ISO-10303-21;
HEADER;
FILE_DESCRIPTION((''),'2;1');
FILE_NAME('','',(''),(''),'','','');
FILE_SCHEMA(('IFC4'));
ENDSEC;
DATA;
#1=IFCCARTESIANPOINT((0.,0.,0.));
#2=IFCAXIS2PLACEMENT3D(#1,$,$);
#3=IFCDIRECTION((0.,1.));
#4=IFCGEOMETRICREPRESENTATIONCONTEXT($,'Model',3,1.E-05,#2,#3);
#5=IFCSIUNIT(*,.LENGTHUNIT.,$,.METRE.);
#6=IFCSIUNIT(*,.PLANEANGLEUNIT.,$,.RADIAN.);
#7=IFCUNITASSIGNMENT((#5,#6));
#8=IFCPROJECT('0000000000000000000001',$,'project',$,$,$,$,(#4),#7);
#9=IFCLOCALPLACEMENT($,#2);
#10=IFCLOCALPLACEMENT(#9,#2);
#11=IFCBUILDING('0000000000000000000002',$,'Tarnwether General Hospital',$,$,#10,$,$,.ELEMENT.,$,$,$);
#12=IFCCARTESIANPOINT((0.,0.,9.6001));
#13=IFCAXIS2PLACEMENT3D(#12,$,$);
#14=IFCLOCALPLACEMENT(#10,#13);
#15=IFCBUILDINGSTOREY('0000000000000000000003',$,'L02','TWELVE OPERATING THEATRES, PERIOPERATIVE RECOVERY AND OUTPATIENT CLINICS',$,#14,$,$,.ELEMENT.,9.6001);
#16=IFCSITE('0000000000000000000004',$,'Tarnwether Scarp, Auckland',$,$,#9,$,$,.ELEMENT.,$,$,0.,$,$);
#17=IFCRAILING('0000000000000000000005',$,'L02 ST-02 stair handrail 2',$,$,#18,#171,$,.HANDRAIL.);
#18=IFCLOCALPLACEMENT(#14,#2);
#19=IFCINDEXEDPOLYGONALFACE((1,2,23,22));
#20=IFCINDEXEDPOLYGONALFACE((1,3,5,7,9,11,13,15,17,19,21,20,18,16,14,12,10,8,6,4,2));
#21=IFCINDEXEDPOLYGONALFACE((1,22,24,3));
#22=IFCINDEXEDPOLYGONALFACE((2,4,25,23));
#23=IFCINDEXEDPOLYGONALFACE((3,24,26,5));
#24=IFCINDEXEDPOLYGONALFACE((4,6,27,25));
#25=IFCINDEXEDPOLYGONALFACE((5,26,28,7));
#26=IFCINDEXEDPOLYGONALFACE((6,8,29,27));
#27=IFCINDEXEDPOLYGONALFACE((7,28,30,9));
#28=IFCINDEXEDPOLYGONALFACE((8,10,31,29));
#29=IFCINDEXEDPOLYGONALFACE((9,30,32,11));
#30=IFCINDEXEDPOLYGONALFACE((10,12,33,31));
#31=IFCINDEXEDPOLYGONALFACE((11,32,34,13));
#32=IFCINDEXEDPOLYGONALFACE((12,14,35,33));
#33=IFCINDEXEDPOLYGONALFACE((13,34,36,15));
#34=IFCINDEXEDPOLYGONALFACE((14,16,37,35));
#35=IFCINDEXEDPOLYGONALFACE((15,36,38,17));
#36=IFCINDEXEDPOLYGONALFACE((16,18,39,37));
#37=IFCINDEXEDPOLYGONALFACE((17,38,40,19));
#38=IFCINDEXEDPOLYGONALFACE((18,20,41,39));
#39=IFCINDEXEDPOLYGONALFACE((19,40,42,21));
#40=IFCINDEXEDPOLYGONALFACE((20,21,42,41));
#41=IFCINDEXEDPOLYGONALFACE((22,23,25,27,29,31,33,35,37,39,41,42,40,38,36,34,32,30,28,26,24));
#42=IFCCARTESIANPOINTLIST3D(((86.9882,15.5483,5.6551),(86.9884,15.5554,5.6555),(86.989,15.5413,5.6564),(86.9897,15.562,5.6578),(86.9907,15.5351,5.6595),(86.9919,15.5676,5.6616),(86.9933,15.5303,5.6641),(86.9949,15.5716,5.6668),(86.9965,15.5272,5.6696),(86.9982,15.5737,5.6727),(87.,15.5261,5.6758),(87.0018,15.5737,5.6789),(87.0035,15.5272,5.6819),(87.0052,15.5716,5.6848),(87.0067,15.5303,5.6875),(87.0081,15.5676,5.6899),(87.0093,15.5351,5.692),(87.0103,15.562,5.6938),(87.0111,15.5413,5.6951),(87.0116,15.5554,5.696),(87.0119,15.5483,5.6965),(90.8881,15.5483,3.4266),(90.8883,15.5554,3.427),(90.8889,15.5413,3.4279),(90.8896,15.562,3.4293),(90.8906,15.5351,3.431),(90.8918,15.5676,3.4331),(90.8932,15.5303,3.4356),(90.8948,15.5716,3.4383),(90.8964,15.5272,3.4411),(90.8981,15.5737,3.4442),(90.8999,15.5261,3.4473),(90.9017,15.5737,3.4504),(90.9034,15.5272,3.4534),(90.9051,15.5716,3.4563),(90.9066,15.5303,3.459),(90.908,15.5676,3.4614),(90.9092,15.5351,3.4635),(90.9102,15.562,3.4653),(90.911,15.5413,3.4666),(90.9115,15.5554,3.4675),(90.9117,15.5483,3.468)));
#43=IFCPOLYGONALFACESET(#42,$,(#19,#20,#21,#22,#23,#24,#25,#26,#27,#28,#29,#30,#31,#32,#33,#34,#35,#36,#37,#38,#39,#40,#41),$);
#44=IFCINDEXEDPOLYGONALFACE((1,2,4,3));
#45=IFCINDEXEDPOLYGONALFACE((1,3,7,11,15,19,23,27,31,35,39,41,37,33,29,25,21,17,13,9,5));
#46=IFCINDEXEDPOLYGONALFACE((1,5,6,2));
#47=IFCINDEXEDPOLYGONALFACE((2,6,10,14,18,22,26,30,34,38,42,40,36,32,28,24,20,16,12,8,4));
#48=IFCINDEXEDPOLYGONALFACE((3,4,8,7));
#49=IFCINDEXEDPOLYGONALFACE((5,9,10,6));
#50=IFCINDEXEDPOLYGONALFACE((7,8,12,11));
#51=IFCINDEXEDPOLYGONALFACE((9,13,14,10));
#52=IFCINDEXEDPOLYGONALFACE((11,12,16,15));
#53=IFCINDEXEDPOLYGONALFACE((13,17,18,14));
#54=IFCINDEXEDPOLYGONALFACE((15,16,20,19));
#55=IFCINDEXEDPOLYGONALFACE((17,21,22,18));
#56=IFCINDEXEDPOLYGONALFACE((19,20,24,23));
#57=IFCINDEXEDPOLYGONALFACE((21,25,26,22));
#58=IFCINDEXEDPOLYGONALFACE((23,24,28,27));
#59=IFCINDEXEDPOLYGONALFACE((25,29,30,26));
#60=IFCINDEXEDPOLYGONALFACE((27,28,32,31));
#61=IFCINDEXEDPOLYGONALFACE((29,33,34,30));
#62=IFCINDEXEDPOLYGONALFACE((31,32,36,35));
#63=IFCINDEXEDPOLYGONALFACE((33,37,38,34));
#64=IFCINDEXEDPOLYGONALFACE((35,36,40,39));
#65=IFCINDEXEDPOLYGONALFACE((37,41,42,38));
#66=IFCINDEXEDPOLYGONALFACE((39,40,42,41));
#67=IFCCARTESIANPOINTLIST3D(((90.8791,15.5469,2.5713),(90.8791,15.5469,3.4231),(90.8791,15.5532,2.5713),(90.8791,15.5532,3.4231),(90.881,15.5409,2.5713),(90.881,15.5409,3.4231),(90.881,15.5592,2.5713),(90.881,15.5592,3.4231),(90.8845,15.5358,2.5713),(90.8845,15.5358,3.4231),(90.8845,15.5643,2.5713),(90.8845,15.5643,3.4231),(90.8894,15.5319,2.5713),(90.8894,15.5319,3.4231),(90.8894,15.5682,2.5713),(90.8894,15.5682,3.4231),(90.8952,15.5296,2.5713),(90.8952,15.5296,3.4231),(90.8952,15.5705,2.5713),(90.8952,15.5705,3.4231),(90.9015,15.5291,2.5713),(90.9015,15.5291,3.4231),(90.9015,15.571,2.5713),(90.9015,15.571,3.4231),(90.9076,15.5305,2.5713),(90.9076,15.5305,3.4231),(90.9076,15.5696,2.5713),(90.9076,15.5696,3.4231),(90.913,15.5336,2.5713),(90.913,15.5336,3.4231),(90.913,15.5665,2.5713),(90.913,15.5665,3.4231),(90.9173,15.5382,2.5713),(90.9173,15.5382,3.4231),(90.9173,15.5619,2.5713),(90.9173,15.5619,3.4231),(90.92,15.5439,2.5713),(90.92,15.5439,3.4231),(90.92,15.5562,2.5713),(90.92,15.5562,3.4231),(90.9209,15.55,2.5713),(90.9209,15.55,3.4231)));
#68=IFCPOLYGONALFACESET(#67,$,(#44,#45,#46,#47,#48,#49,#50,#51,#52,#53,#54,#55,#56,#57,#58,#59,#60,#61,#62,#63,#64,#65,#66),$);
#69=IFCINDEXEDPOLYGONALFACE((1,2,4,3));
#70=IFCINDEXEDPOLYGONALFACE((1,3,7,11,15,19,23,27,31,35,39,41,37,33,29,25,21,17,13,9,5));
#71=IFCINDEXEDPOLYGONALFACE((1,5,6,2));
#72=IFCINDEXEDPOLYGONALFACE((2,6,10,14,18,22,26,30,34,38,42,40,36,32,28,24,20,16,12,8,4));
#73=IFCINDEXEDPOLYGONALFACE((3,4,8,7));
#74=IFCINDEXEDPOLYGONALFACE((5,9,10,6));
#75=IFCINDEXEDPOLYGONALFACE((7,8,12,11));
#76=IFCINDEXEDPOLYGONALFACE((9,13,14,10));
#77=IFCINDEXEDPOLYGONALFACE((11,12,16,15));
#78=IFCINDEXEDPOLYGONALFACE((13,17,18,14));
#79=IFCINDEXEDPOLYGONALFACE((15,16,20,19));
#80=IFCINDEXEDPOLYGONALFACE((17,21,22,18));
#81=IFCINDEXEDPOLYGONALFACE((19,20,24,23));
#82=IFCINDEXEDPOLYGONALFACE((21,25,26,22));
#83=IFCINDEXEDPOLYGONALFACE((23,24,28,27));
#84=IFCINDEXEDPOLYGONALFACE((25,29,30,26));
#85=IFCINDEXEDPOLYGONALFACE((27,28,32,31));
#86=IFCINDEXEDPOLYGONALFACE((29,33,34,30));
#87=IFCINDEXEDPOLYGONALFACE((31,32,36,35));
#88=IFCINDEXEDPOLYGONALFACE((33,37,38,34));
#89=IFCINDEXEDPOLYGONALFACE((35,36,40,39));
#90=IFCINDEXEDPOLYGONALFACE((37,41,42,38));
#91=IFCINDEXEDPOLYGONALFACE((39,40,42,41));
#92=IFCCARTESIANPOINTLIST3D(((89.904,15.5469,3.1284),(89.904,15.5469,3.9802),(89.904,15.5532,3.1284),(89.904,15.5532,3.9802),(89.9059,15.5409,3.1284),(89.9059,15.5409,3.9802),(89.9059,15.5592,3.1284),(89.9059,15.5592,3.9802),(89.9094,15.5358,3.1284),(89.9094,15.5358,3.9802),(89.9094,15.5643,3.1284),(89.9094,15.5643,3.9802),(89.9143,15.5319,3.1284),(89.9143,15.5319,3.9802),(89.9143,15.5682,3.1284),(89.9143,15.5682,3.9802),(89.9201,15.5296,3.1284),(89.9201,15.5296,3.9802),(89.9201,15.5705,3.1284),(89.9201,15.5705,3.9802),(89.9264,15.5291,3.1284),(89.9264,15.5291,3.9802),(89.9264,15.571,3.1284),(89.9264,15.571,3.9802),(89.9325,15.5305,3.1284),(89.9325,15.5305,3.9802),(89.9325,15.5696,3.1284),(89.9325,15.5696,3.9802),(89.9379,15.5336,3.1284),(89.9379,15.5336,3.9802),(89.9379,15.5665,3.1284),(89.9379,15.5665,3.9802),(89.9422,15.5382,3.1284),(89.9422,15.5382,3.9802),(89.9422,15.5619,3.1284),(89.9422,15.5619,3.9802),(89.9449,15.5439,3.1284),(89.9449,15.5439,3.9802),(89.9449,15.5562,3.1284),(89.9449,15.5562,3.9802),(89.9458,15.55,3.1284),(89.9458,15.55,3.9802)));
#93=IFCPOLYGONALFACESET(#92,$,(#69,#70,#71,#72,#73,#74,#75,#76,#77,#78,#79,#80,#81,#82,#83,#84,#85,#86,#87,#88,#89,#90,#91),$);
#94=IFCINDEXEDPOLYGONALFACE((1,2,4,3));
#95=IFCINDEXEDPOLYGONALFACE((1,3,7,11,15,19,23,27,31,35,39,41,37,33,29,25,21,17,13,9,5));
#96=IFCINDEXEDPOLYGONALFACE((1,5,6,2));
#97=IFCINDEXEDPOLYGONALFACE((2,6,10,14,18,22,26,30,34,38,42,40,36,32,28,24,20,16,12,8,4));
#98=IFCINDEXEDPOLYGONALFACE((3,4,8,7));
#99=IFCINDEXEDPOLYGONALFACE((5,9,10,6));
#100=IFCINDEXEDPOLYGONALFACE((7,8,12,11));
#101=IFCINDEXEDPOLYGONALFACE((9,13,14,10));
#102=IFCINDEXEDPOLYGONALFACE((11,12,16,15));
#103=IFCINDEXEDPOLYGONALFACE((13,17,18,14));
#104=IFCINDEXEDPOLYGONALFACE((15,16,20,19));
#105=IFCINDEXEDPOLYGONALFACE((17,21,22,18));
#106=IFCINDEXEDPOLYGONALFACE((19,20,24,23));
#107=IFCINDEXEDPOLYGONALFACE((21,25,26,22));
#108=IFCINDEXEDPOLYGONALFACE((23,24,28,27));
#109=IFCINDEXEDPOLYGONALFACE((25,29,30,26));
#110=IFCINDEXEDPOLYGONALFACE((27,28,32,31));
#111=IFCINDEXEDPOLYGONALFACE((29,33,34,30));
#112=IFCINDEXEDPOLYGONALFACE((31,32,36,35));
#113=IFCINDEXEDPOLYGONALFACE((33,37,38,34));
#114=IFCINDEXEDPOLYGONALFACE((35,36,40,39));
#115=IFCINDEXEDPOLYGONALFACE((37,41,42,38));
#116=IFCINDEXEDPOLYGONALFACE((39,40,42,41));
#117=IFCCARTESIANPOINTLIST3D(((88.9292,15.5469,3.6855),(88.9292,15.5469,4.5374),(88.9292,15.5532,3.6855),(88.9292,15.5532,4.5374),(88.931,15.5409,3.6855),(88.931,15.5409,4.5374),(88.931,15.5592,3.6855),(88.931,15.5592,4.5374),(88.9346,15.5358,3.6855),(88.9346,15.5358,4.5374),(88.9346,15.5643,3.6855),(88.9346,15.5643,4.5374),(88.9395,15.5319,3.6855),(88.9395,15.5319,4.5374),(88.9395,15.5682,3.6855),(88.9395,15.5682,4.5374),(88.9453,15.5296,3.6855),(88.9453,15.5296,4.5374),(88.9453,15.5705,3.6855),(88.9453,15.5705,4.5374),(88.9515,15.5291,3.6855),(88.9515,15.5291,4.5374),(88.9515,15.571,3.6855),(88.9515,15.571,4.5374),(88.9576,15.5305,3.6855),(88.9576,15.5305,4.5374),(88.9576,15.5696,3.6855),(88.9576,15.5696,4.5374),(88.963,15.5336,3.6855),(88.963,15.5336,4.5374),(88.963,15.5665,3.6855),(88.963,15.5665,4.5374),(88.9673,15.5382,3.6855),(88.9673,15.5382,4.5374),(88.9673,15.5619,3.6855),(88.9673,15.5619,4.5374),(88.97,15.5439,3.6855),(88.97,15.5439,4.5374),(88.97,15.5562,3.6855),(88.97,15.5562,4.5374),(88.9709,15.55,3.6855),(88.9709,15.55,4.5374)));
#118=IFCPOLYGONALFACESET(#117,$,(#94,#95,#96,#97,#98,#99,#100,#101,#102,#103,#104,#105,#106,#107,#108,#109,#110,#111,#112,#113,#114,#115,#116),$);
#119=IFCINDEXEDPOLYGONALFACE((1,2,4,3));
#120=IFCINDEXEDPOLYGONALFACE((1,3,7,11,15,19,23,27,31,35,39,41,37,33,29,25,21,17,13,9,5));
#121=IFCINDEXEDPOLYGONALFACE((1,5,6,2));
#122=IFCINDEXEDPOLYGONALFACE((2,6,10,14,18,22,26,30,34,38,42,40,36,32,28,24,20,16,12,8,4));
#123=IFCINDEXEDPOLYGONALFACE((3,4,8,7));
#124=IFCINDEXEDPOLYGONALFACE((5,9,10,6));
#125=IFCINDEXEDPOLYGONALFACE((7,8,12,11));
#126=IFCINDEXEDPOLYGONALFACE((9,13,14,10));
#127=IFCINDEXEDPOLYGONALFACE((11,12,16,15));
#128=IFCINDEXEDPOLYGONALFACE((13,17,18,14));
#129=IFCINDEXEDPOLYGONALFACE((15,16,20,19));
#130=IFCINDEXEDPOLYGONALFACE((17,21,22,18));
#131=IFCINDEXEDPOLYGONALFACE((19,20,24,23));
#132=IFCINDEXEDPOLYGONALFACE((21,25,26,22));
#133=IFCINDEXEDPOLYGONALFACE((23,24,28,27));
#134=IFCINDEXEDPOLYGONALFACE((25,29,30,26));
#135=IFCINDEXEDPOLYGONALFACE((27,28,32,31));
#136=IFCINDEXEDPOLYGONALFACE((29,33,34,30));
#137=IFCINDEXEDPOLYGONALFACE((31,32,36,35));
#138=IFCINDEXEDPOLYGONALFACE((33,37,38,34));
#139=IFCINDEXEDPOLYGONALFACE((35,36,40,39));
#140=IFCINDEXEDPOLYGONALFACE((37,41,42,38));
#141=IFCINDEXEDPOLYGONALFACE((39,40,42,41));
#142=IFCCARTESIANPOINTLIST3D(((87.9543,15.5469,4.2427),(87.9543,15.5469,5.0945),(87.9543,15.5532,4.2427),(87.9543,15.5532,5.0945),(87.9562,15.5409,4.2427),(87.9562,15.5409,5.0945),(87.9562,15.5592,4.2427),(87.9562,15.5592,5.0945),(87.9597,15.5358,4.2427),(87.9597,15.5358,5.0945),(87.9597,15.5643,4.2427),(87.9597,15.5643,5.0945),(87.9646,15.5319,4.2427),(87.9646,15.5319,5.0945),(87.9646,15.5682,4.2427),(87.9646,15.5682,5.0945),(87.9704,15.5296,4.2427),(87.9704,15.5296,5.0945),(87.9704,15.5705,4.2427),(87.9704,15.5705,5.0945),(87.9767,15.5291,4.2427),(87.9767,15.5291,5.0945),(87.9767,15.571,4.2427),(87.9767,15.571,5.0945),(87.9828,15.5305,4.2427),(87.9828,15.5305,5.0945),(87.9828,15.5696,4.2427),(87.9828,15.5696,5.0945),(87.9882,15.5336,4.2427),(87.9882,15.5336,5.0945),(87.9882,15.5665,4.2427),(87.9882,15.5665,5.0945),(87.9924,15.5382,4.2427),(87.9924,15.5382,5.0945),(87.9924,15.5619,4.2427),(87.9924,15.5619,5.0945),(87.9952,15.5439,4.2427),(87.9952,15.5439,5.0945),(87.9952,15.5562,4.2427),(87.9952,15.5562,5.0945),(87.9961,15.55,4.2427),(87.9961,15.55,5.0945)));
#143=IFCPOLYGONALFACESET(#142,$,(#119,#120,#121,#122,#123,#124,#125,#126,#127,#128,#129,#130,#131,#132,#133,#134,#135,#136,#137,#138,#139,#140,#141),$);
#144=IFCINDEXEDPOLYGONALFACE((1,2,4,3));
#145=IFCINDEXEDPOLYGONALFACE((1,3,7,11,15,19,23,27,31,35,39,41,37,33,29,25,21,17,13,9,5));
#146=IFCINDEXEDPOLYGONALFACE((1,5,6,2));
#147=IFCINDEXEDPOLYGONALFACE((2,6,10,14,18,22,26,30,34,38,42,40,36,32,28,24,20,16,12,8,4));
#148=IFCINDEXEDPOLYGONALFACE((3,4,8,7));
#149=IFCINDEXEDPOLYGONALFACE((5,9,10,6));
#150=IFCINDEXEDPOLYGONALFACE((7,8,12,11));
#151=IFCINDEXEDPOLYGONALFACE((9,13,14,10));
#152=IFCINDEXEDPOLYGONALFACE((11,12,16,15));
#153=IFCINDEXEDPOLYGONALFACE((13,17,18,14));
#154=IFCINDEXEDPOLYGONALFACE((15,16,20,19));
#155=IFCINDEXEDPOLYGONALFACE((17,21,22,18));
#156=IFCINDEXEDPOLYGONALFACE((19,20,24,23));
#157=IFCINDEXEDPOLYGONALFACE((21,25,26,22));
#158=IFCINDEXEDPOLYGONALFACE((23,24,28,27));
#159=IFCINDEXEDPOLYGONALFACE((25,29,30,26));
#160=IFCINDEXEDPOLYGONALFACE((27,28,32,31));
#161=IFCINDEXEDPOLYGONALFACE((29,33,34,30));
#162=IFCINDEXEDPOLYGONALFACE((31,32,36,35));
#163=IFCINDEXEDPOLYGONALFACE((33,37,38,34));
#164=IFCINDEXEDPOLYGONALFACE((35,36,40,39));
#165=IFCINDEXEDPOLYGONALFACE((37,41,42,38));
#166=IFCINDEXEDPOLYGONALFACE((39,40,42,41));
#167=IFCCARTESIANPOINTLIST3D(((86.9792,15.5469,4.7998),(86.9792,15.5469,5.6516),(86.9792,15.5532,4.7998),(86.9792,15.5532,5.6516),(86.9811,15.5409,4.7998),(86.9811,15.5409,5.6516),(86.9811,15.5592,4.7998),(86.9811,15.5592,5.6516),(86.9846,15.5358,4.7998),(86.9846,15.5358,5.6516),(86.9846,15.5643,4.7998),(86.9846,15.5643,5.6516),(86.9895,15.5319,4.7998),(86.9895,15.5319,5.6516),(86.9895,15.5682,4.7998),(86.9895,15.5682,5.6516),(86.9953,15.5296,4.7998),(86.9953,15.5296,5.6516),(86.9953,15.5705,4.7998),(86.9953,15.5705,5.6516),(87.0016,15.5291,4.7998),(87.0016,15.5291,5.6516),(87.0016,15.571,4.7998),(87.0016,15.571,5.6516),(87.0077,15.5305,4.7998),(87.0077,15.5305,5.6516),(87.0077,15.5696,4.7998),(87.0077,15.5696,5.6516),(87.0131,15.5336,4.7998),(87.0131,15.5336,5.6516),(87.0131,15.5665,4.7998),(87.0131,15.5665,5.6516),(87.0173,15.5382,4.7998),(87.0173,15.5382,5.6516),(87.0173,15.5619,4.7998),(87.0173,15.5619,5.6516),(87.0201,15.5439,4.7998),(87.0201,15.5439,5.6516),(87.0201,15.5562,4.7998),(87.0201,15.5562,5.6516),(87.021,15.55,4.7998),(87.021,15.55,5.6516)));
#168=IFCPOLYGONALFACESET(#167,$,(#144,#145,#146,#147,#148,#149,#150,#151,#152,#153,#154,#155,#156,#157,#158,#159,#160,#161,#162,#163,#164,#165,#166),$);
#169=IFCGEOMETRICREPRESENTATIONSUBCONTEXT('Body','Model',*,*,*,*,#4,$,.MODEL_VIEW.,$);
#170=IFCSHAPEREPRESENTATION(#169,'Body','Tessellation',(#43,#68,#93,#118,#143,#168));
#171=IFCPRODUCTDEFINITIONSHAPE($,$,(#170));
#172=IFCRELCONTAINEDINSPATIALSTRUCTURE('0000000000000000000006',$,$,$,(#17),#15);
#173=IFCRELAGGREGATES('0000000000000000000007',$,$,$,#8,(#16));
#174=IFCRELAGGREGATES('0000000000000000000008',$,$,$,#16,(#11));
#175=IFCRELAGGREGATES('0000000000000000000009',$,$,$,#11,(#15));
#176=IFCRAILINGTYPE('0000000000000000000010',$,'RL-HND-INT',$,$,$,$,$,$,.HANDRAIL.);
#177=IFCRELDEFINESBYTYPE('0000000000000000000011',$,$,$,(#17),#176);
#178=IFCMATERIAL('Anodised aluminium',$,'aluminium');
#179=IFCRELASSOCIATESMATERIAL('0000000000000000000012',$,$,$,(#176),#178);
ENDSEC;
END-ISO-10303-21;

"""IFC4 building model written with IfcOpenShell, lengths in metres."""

from ifc_helpers import new_model, si_unit, direction, frame, origin, origin_2d, place, context, subcontext, project, spatial, circle, extrude, material, type_object, element, save


model = new_model("IFC4")

# Units and contexts
model_context = context("Model", 3, precision=1e-05, world=origin(), true_north=direction((0.0, 1.0)))
body_context = subcontext(model_context, "Body", "Model", "MODEL_VIEW")
ifc_project = project(units=[si_unit("LENGTHUNIT", "METRE"), si_unit("PLANEANGLEUNIT", "RADIAN")], contexts=[model_context])

# Site, building, storey
site_placement = place(None, origin())
site = spatial("IfcSite", under=ifc_project, at=site_placement, Name="Tarnwether Scarp, Auckland", CompositionType="ELEMENT", RefElevation=0.0)
building_placement = place(site_placement, origin())
building = spatial("IfcBuilding", under=site, at=building_placement, Name="Tarnwether General Hospital", CompositionType="ELEMENT")
storey_placement = place(building_placement, frame((0.0, 0.0, 9.6001)))
storey = spatial("IfcBuildingStorey", under=building, at=storey_placement, Name="L02", Description="TWELVE OPERATING THEATRES, PERIOPERATIVE RECOVERY AND OUTPATIENT CLINICS", CompositionType="ELEMENT", Elevation=9.6001)

# Railing
ifc_material_1 = material(Name="Anodised aluminium", Category="aluminium")
railing_type = type_object("IfcRailingType", Name="RL-HND-INT", PredefinedType="HANDRAIL", material=ifc_material_1)
railing_placement = place(storey_placement, frame((90.8999, 15.55, 2.5713)))
element("IfcRailing", 1, at=railing_placement, inside=storey, type_object=railing_type, Name="L02 ST-02 stair handrail 2", PredefinedType="HANDRAIL", context=body_context, shape_type="SweptSolid", body=[
    extrude(circle(Radius=0.0239, at=origin_2d()), frame((0.0, 0.0, 0.876), z_axis=(-0.868243, 0.0, 0.496139), x_axis=(0.0, -1.0, 0.0)), (0.0, 0.0, 1.0), 4.4917),
    extrude(circle(Radius=0.021, at=origin_2d()), origin(), (0.0, 0.0, 1.0), 0.8518),
    extrude(circle(Radius=0.021, at=origin_2d()), frame((-0.9751, 0.0, 0.5571)), (0.0, 0.0, 1.0), 0.8518),
    extrude(circle(Radius=0.021, at=origin_2d()), frame((-1.95, 0.0, 1.1143)), (0.0, 0.0, 1.0), 0.8518),
    extrude(circle(Radius=0.021, at=origin_2d()), frame((-2.9248, 0.0, 1.6714)), (0.0, 0.0, 1.0), 0.8518),
    extrude(circle(Radius=0.021, at=origin_2d()), frame((-3.8999, 0.0, 2.2285)), (0.0, 0.0, 1.0), 0.8518),
])

save(model, "model.ifc")
